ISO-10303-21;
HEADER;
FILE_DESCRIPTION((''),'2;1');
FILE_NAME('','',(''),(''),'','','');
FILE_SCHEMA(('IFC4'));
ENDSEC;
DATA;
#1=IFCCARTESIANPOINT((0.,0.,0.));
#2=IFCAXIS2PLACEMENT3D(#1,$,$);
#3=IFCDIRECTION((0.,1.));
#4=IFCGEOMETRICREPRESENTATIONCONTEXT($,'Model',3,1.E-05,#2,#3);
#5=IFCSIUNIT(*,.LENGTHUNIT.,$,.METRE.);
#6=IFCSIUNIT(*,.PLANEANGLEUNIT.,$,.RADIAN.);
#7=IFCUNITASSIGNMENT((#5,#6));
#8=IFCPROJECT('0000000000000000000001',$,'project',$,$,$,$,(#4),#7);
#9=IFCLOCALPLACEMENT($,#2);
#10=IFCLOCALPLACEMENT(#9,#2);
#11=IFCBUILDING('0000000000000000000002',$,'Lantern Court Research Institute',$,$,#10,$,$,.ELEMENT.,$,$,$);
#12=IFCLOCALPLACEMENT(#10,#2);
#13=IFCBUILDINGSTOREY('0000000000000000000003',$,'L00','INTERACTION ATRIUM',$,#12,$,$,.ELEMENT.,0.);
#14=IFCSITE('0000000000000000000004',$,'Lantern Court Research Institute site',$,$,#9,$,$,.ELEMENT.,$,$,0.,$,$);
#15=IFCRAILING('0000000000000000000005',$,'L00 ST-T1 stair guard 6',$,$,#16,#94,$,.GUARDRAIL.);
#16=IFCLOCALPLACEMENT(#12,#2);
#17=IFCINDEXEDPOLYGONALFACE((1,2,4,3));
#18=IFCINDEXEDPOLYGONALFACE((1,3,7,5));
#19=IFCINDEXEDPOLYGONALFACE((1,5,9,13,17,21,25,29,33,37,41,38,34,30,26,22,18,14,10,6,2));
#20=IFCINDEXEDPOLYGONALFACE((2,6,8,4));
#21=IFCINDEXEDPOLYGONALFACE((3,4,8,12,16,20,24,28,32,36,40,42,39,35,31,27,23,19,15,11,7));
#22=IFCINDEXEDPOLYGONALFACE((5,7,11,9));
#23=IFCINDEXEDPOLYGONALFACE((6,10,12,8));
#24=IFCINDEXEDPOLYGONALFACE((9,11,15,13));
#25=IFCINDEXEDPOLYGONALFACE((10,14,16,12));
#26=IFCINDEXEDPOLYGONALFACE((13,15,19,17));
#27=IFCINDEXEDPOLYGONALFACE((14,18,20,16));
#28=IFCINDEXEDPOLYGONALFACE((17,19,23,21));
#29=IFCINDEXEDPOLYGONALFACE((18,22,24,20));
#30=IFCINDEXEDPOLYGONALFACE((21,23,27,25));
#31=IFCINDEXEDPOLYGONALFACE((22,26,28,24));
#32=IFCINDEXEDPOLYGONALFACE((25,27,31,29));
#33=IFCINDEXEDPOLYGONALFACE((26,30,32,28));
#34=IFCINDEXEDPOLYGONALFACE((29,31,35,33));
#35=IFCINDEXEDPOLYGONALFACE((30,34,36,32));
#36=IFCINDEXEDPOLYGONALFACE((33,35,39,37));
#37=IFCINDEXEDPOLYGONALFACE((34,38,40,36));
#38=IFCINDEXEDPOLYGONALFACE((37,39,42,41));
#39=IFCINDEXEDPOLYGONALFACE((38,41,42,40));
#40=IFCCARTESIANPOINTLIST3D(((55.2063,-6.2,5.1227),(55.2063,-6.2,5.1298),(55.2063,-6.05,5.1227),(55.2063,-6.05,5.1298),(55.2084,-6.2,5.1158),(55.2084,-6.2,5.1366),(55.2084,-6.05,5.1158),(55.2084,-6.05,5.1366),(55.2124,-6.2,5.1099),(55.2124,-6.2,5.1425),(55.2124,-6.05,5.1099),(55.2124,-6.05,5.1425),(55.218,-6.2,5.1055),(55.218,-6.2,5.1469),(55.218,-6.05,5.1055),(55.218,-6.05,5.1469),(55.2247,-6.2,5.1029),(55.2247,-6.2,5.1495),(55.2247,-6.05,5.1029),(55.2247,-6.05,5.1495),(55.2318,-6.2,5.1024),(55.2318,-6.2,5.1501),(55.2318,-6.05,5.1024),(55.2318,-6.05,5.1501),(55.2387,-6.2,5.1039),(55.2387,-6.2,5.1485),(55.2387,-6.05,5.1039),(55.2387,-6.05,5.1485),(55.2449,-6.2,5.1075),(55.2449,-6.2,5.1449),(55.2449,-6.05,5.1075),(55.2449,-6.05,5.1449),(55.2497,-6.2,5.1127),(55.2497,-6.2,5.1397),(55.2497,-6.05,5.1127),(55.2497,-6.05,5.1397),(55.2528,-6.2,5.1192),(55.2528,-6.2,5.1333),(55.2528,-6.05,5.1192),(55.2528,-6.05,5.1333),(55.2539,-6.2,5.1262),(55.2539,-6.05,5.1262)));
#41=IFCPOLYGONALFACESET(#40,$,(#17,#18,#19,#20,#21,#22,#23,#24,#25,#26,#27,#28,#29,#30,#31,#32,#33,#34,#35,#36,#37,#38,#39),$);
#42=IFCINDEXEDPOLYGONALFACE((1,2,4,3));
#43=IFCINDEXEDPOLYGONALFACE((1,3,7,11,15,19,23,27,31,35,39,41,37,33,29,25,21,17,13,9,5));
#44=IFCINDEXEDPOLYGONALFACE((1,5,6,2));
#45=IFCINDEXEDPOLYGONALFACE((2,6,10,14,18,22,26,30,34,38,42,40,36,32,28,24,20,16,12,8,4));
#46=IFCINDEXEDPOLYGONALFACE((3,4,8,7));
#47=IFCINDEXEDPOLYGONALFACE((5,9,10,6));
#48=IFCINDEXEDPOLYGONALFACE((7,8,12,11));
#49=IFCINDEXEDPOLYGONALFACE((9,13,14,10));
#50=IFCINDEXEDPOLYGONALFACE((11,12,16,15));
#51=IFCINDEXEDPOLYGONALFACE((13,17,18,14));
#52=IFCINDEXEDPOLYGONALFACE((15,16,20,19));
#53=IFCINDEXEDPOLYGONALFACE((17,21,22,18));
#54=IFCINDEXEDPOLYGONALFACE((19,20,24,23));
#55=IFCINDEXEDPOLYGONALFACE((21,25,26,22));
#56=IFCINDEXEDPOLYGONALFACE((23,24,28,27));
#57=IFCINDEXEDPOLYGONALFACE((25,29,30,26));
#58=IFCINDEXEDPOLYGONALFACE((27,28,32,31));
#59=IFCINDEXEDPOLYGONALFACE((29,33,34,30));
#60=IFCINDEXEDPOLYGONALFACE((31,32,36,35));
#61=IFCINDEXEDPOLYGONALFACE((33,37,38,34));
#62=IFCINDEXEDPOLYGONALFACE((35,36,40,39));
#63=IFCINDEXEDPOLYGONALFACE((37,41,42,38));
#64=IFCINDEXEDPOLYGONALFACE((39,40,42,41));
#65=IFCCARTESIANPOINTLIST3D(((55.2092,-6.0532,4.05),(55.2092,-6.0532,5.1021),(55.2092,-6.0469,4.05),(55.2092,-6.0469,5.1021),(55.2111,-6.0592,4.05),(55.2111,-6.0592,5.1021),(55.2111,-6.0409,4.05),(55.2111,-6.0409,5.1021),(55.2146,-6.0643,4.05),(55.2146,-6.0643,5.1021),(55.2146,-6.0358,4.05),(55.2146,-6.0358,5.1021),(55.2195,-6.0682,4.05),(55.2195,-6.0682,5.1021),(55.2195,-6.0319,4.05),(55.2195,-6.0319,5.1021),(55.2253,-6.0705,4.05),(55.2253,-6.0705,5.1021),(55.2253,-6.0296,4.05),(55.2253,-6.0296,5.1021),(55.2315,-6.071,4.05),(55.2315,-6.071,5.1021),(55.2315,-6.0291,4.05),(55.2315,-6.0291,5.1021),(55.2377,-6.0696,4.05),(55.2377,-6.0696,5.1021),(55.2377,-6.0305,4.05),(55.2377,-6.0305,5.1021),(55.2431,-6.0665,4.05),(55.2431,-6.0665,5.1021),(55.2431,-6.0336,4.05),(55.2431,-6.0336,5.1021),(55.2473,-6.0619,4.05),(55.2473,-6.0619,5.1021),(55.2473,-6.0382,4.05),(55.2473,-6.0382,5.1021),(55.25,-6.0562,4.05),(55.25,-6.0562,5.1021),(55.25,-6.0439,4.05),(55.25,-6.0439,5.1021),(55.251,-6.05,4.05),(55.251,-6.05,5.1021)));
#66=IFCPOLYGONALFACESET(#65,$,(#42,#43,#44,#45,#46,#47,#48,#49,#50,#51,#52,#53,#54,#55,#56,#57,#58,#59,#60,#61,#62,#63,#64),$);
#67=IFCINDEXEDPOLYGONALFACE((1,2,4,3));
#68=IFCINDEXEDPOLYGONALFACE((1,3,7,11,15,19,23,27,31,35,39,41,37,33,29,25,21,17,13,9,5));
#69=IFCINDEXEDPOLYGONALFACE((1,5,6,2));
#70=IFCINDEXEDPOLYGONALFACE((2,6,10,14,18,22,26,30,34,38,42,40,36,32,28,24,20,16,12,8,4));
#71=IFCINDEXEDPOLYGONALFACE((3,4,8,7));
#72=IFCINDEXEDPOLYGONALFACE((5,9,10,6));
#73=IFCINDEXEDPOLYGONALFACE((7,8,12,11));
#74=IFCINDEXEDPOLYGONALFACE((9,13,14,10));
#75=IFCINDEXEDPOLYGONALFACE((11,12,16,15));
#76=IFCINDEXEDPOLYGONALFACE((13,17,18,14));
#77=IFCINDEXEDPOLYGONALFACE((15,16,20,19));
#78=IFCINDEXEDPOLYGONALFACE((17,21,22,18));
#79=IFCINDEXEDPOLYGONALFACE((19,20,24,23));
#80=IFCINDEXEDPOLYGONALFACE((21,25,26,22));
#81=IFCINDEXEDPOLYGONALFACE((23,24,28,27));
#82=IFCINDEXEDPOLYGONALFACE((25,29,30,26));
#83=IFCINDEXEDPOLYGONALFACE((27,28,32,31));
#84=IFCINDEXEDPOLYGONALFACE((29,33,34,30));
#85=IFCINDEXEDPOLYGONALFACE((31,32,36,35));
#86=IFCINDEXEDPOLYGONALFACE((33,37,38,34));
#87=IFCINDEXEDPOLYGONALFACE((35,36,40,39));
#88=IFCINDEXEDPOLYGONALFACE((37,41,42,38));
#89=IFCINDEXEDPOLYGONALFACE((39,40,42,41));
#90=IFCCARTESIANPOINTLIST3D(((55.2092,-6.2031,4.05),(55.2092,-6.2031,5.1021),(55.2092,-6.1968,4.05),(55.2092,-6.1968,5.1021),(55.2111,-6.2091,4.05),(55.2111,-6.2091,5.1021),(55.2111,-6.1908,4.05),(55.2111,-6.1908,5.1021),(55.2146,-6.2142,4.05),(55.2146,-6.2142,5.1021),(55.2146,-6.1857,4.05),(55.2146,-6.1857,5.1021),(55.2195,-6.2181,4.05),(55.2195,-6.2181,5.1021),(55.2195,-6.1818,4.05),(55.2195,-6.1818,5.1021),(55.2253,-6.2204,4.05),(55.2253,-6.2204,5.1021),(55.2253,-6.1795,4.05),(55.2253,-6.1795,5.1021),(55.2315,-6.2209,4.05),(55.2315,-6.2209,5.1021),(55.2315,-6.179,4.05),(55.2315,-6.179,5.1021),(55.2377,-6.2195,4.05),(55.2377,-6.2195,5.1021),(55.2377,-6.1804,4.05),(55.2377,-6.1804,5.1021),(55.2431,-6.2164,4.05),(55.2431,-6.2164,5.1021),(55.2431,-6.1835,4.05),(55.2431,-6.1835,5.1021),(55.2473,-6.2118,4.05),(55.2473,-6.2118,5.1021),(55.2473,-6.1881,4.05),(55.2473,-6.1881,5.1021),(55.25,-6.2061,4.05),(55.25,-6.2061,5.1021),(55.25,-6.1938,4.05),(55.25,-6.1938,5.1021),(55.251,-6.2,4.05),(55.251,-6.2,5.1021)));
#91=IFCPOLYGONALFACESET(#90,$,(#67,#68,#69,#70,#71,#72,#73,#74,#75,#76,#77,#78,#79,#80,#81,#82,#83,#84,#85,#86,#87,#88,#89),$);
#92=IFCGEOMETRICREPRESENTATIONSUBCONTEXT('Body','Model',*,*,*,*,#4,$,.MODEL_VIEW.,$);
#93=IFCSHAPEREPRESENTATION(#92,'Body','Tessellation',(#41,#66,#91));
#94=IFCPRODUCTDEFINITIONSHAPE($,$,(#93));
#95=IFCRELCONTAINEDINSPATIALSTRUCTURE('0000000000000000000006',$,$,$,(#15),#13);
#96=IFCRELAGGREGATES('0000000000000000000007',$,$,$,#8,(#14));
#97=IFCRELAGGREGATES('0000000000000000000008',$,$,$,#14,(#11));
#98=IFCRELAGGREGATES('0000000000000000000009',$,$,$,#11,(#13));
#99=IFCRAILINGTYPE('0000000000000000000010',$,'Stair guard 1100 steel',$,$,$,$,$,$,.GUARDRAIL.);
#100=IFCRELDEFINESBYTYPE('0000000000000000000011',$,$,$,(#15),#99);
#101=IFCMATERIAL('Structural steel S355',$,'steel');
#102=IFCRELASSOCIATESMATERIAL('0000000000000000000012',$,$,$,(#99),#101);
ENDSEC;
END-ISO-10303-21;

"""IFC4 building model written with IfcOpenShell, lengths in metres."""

from ifc_helpers import new_model, si_unit, direction, frame, origin, origin_2d, place, context, subcontext, project, spatial, circle, extrude, material, type_object, element, save


model = new_model("IFC4")

# Units and contexts
model_context = context("Model", 3, precision=1e-05, world=origin(), true_north=direction((0.0, 1.0)))
body_context = subcontext(model_context, "Body", "Model", "MODEL_VIEW")
ifc_project = project(units=[si_unit("LENGTHUNIT", "METRE"), si_unit("PLANEANGLEUNIT", "RADIAN")], contexts=[model_context])

# Site, building, storey
site_placement = place(None, origin())
site = spatial("IfcSite", under=ifc_project, at=site_placement, Name="Lantern Court Research Institute site", CompositionType="ELEMENT", RefElevation=0.0)
building_placement = place(site_placement, origin())
building = spatial("IfcBuilding", under=site, at=building_placement, Name="Lantern Court Research Institute", CompositionType="ELEMENT")
storey_placement = place(building_placement, origin())
storey = spatial("IfcBuildingStorey", under=building, at=storey_placement, Name="L00", Description="INTERACTION ATRIUM", CompositionType="ELEMENT", Elevation=0.0)

# Railing
ifc_material_1 = material(Name="Structural steel S355", Category="steel")
railing_type_1 = type_object("IfcRailingType", Name="Stair guard 1100 steel", PredefinedType="GUARDRAIL", material=ifc_material_1)
railing_1_placement = place(storey_placement, frame((55.23, -6.05, 4.05)))
element("IfcRailing", 1, at=railing_1_placement, inside=storey, type_object=railing_type_1, Name="L00 ST-T1 stair guard 6", PredefinedType="GUARDRAIL", context=body_context, shape_type="SweptSolid", body=[
    extrude(circle(Radius=0.0239, at=origin_2d()), frame((0.0, 0.0, 1.0762), z_axis=(0.0, -1.0, 0.0), x_axis=(1.0, 0.0, 0.0)), (0.0, 0.0, 1.0), 0.1499),
    extrude(circle(Radius=0.021, at=origin_2d()), origin(), (0.0, 0.0, 1.0), 1.052),
    extrude(circle(Radius=0.021, at=origin_2d()), frame((0.0, -0.1499, 0.0)), (0.0, 0.0, 1.0), 1.052),
])

save(model, "model.ifc")
